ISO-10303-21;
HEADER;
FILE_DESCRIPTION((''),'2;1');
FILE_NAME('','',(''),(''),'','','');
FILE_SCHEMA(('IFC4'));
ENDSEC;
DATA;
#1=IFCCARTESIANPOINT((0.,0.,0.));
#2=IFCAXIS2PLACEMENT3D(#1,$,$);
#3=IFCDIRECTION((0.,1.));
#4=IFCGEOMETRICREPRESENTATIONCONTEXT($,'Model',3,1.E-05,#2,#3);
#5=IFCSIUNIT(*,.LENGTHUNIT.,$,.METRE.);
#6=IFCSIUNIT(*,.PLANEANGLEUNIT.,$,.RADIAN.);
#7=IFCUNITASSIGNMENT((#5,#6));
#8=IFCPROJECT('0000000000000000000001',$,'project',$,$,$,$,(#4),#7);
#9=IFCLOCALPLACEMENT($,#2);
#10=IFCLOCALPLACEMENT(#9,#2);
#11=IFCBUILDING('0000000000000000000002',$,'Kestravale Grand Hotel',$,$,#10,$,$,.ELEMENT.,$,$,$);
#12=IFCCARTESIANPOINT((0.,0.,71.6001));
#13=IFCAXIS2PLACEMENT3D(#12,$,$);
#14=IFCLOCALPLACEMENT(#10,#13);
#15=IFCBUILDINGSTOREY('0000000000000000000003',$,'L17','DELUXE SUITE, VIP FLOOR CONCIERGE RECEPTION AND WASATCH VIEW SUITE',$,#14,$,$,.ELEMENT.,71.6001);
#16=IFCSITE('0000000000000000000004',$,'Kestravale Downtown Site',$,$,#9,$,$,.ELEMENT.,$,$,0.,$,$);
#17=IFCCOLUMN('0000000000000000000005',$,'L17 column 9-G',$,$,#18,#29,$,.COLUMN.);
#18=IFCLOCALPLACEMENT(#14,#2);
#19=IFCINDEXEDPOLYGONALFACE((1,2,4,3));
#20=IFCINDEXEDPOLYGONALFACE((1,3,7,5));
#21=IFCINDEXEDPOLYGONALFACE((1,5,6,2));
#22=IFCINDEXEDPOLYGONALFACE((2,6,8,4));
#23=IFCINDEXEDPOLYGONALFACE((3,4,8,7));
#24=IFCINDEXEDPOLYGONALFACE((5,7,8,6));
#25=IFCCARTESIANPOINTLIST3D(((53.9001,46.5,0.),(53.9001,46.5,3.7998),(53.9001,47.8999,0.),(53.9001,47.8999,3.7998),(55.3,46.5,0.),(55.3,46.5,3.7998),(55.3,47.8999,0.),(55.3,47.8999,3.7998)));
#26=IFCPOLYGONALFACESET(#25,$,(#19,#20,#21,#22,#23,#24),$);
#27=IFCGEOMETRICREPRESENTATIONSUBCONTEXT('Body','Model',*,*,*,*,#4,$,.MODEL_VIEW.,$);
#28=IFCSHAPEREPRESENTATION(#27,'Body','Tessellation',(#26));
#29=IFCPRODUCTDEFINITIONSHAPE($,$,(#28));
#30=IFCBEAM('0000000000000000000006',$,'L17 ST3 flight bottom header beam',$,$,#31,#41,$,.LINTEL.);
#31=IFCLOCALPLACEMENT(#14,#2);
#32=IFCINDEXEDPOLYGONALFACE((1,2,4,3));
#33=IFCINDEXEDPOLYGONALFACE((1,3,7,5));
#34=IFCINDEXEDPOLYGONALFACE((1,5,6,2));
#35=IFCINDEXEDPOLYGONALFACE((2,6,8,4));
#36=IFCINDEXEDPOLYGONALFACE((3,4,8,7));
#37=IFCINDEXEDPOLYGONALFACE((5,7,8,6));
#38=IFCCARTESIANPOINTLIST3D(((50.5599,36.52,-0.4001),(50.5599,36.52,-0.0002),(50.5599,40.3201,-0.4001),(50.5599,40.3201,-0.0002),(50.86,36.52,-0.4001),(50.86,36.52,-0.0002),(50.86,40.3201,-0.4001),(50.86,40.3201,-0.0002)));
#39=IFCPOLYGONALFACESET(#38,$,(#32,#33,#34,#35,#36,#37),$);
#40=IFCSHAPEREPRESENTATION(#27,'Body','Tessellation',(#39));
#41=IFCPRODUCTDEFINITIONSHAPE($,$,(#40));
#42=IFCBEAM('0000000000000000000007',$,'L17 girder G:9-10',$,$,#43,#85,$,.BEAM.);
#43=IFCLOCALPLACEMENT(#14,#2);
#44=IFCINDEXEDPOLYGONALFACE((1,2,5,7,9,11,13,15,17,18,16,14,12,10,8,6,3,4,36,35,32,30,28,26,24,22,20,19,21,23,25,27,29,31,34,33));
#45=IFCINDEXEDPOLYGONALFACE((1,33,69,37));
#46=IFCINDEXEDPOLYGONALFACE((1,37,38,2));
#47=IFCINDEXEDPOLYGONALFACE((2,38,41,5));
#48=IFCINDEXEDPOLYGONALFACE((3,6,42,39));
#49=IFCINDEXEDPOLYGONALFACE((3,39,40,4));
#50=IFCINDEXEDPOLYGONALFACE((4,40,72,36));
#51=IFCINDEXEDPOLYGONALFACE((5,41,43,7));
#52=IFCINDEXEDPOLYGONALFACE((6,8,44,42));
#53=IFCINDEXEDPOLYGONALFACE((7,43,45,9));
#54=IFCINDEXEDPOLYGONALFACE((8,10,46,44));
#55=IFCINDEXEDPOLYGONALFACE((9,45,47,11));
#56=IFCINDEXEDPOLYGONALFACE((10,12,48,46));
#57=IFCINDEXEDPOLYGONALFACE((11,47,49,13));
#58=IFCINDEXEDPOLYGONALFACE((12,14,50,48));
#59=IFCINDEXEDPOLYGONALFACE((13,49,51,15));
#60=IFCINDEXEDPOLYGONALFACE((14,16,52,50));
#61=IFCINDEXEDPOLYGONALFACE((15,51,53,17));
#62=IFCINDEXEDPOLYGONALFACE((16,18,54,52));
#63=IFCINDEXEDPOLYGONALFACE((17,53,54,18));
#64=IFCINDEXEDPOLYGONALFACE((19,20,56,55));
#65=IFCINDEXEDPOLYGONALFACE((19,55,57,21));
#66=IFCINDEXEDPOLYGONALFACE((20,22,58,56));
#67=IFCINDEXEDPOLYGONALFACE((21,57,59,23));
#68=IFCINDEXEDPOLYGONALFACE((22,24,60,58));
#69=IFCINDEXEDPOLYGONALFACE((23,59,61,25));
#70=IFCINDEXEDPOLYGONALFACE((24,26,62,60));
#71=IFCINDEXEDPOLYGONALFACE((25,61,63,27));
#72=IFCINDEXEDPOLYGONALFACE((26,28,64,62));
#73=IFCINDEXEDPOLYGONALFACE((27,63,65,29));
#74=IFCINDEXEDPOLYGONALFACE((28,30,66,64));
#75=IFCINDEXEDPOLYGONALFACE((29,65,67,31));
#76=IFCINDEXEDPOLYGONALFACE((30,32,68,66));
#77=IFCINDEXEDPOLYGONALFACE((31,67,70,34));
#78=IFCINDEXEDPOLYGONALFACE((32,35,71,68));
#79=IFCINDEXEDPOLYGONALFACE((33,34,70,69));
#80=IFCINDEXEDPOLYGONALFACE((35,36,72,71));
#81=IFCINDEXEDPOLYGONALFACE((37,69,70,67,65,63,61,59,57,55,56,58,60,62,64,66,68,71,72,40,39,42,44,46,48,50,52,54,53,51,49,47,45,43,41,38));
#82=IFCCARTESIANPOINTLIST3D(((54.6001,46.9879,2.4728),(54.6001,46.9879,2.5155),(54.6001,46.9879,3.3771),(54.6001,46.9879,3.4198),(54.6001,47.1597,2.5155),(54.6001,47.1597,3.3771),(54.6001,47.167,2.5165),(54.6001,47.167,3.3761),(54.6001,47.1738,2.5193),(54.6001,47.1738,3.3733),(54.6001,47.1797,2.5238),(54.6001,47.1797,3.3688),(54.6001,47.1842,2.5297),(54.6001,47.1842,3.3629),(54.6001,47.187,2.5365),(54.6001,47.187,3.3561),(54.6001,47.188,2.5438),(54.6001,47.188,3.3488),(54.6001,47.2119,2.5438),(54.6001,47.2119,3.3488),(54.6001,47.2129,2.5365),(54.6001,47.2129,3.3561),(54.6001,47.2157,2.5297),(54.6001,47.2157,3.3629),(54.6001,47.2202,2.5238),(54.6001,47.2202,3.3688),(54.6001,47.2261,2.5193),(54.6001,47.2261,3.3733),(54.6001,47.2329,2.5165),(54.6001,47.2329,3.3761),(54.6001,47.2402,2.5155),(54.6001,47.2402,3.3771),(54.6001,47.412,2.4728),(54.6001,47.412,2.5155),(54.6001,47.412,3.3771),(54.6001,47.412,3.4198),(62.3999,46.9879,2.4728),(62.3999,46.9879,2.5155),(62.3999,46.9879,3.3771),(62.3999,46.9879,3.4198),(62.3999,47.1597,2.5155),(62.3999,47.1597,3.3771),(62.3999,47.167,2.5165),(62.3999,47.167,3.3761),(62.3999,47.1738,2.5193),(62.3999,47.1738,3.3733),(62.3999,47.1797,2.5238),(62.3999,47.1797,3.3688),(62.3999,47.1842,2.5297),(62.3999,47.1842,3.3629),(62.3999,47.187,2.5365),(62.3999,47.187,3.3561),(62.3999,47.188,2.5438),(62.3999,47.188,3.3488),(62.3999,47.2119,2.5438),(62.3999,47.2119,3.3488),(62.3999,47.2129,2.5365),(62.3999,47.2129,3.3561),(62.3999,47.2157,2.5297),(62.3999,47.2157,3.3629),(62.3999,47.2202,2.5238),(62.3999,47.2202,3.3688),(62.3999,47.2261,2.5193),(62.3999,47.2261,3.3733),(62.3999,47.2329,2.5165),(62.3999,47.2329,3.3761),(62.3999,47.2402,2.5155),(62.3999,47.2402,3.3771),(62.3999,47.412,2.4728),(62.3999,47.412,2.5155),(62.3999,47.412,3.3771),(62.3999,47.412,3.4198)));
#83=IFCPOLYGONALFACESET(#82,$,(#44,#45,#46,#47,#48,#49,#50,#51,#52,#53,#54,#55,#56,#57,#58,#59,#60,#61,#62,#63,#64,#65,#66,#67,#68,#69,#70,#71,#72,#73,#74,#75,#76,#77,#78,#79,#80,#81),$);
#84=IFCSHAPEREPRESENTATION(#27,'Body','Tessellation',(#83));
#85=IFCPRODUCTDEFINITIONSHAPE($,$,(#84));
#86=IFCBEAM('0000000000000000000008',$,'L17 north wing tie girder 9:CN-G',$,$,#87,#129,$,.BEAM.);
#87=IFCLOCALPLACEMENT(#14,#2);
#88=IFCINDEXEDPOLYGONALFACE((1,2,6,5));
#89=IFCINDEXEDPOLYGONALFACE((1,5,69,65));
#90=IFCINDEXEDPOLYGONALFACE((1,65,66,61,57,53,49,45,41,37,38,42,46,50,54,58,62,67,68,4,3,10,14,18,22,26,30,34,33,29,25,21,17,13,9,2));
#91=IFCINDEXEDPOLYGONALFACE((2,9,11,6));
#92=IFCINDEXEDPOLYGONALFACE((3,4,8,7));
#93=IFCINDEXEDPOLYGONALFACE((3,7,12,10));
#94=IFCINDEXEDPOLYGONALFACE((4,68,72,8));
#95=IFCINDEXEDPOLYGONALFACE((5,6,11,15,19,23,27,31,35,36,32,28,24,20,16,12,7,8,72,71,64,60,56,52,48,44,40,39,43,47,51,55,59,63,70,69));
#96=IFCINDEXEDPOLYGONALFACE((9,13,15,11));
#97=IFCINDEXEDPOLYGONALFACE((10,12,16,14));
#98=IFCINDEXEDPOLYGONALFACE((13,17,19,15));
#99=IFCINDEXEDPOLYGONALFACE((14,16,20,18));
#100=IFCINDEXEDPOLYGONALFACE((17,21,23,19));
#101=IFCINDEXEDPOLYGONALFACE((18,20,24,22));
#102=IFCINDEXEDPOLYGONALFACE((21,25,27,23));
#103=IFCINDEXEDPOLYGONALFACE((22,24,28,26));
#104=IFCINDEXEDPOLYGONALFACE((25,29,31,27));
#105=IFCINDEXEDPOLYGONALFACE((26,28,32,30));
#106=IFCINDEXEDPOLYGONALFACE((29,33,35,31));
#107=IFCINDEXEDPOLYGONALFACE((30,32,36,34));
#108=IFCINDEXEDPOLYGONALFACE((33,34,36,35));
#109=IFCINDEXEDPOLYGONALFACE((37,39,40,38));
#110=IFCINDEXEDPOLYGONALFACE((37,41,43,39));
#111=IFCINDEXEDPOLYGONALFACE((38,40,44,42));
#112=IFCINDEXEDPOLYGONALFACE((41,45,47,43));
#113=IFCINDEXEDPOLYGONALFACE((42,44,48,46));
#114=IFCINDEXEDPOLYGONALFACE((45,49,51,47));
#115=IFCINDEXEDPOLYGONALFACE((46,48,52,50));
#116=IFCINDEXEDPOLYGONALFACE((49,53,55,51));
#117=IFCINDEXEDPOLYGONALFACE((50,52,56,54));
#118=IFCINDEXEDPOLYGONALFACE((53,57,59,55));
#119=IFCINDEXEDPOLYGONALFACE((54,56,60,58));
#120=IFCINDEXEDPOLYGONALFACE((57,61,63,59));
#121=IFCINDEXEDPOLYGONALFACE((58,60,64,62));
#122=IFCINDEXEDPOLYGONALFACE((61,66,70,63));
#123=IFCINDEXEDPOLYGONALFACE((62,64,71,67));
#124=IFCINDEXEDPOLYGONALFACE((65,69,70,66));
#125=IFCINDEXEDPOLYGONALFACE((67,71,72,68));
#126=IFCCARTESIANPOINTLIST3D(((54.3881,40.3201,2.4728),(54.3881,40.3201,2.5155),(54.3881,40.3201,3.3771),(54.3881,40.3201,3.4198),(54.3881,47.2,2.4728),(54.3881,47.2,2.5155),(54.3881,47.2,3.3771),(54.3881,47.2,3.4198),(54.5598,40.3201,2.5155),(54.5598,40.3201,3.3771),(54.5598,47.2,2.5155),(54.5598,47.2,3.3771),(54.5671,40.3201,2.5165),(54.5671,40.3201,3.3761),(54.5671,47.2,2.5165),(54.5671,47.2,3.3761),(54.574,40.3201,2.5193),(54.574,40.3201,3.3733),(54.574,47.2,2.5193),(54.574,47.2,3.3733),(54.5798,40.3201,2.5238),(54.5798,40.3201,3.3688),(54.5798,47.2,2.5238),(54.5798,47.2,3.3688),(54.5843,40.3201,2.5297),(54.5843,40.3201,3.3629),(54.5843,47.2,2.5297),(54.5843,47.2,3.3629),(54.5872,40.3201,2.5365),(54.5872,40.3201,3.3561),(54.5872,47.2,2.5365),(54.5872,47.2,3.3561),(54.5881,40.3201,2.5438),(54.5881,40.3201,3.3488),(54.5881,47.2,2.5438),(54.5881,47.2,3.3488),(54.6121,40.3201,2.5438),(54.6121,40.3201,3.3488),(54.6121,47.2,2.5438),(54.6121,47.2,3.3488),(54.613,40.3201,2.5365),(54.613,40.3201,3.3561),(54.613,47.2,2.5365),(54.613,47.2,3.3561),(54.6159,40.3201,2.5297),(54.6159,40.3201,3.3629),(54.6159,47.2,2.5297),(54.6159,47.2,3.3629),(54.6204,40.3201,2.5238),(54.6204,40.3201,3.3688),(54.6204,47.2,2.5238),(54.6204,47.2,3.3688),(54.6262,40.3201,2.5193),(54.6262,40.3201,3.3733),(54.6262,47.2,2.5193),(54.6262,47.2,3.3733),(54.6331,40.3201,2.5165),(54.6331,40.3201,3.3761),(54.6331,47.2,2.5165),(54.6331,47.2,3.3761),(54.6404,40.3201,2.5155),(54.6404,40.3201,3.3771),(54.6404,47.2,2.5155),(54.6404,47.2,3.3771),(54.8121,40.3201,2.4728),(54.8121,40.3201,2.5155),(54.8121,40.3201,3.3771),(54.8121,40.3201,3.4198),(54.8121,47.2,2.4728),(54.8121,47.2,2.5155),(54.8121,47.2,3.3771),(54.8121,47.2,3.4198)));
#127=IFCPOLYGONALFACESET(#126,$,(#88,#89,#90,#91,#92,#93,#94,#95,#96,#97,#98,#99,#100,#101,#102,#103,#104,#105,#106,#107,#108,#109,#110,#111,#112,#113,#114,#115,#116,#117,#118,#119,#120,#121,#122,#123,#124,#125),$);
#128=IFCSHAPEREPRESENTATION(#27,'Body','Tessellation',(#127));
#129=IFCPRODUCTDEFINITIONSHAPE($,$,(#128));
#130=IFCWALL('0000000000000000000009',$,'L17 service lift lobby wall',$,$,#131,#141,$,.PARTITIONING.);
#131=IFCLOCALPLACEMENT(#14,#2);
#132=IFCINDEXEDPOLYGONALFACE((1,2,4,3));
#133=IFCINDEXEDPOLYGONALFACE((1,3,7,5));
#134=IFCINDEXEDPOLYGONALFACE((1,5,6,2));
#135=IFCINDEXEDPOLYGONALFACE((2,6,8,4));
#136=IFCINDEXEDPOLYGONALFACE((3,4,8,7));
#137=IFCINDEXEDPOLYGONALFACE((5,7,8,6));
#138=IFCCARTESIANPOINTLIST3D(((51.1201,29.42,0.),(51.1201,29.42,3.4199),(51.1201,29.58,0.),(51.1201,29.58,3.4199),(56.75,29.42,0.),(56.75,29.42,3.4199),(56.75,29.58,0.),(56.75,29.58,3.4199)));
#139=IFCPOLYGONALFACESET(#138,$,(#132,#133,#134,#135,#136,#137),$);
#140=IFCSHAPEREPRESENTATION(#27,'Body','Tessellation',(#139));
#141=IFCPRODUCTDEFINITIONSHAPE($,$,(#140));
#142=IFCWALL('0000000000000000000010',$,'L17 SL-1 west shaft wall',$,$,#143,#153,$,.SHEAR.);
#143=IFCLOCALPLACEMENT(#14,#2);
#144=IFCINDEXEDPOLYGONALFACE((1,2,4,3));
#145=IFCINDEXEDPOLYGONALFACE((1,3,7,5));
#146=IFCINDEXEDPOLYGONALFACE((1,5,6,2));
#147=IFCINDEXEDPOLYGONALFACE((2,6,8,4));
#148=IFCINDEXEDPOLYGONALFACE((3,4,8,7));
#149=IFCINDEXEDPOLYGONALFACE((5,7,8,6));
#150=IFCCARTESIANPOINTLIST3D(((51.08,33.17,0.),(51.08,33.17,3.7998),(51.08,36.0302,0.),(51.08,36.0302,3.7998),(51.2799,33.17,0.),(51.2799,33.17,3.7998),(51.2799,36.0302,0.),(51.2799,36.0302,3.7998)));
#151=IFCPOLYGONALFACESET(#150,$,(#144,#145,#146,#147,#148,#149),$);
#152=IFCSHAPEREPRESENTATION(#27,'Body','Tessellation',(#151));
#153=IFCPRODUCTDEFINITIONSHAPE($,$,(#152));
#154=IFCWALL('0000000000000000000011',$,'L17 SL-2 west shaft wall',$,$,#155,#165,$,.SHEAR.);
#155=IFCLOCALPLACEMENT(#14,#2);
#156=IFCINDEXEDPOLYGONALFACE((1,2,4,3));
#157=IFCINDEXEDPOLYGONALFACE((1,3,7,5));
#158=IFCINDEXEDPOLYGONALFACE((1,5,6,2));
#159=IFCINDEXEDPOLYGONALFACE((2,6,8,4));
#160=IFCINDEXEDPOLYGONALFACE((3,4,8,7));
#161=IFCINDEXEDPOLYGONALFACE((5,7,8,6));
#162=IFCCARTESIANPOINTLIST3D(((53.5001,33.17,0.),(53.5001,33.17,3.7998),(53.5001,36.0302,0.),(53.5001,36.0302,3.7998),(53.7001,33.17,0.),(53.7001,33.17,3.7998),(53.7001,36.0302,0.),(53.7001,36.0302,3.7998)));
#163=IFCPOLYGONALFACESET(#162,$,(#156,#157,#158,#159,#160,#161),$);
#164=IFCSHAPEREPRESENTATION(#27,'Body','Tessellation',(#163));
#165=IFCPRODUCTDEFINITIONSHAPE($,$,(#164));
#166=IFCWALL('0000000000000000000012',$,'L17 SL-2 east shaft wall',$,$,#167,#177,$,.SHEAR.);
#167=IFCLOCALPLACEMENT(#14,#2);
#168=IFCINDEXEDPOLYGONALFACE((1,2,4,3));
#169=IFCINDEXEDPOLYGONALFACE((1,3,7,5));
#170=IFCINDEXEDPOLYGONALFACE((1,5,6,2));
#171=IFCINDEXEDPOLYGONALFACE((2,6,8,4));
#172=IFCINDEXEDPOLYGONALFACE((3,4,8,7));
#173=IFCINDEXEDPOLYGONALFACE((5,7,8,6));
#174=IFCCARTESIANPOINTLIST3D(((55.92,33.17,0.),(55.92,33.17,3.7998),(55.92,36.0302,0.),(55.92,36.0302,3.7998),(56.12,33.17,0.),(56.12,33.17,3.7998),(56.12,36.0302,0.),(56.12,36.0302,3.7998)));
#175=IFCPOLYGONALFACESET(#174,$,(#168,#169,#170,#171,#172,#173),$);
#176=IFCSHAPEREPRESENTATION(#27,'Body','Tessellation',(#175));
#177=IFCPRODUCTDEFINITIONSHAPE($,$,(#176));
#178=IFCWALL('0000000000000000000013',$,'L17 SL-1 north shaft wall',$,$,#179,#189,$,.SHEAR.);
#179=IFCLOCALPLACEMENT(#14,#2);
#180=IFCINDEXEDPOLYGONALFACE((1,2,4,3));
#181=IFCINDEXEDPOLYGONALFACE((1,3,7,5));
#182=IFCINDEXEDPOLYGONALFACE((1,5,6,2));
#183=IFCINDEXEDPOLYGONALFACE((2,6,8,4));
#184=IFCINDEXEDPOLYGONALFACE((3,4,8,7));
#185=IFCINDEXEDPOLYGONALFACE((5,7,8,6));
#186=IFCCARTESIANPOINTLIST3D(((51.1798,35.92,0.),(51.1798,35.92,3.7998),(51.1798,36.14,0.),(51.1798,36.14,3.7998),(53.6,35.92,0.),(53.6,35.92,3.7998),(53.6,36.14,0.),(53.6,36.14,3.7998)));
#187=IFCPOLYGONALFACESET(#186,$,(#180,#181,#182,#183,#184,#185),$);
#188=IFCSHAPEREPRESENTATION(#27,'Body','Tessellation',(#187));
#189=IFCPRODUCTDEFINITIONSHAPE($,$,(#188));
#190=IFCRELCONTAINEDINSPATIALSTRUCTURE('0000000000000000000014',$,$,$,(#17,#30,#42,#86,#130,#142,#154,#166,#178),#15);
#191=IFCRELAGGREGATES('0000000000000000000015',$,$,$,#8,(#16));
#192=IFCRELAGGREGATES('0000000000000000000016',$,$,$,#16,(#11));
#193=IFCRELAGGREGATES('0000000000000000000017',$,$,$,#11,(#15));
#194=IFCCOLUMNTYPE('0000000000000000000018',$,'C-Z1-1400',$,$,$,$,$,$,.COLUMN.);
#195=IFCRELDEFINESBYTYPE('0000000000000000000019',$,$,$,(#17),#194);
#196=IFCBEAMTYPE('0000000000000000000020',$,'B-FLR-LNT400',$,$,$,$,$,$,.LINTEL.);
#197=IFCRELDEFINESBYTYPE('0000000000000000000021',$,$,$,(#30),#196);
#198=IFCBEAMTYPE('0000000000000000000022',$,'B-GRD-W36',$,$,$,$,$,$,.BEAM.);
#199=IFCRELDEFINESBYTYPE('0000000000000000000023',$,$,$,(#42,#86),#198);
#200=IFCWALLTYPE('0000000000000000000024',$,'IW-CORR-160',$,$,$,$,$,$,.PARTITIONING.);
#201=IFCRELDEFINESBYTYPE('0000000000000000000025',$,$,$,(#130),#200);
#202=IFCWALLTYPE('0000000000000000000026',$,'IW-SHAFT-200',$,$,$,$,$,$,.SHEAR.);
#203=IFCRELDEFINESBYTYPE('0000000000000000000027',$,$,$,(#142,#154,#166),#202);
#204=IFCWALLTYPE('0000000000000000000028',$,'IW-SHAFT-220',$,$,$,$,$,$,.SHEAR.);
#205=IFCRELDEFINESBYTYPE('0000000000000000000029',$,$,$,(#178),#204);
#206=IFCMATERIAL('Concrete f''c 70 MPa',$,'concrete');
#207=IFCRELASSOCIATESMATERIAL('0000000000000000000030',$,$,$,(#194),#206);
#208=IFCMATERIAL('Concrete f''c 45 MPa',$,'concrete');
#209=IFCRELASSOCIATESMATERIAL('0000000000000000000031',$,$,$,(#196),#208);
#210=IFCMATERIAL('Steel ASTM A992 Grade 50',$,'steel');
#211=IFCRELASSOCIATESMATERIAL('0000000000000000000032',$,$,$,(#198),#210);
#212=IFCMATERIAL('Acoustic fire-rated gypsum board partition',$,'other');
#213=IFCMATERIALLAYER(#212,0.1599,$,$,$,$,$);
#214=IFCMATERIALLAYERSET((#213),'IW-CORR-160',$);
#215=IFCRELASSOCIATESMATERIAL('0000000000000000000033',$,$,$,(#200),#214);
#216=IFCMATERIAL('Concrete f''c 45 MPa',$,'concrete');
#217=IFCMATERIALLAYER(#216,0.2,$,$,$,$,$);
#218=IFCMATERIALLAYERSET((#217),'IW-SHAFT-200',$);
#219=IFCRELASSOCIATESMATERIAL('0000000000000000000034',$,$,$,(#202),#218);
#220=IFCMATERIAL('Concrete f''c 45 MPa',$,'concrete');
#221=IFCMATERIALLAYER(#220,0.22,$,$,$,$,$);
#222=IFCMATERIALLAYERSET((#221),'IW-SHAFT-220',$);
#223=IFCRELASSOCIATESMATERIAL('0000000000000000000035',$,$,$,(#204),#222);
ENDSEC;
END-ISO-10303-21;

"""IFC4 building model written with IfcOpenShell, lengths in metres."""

from ifc_helpers import new_model, si_unit, direction, frame, frame_2d, origin, origin_2d, place, context, subcontext, project, spatial, rectangle, i_section, extrude, material, layer, layer_set, material_profile, profile_set, type_object, element, save


model = new_model("IFC4")

# Units and contexts
model_context = context("Model", 3, precision=1e-05, world=origin(), true_north=direction((0.0, 1.0)))
body_context = subcontext(model_context, "Body", "Model", "MODEL_VIEW")
ifc_project = project(units=[si_unit("LENGTHUNIT", "METRE"), si_unit("PLANEANGLEUNIT", "RADIAN")], contexts=[model_context])

# Site, building, storey
site_placement = place(None, origin())
site = spatial("IfcSite", under=ifc_project, at=site_placement, Name="Kestravale Downtown Site", CompositionType="ELEMENT", RefElevation=0.0)
building_placement = place(site_placement, origin())
building = spatial("IfcBuilding", under=site, at=building_placement, Name="Kestravale Grand Hotel", CompositionType="ELEMENT")
storey_placement = place(building_placement, frame((0.0, 0.0, 71.6001)))
storey = spatial("IfcBuildingStorey", under=building, at=storey_placement, Name="L17", Description="DELUXE SUITE, VIP FLOOR CONCIERGE RECEPTION AND WASATCH VIEW SUITE", CompositionType="ELEMENT", Elevation=71.6001)

# Column
ifc_material_1 = material(Name="Concrete f'c 70 MPa", Category="concrete")
ifc_material_profile_1 = material_profile(ifc_material_1, rectangle(XDim=1.3999, YDim=1.3999, at=origin_2d()))
ifc_profile_set_1 = profile_set([ifc_material_profile_1], Name="Concrete f'c 70 MPa")
column_type = type_object("IfcColumnType", Name="C-Z1-1400", PredefinedType="COLUMN", material=ifc_profile_set_1)
column_placement = place(storey_placement, frame((54.6001, 47.2, 0.0), z_axis=(0.0, 0.0, 1.0), x_axis=(1.0, 0.0, 0.0)))
element("IfcColumn", 1, at=column_placement, inside=storey, type_object=column_type, Name="L17 column 9-G", PredefinedType="COLUMN", context=body_context, shape_type="SweptSolid", body=[
    extrude(rectangle(XDim=1.3999, YDim=1.3999, at=origin_2d()), origin(), (0.0, 0.0, 1.0), 3.7998),
])

# Beams
ifc_material_2 = material(Name="Concrete f'c 45 MPa", Category="concrete")
ifc_material_profile_2 = material_profile(ifc_material_2, rectangle(XDim=0.3, YDim=0.3999, at=origin_2d()))
ifc_profile_set_2 = profile_set([ifc_material_profile_2], Name="Concrete f'c 45 MPa")
beam_type_1 = type_object("IfcBeamType", Name="B-FLR-LNT400", PredefinedType="LINTEL", material=ifc_profile_set_2)
beam_1_placement = place(storey_placement, frame((50.71, 36.52, -0.2002), z_axis=(0.0, 1.0, 0.0), x_axis=(-1.0, 0.0, 0.0)))
element("IfcBeam", 2, at=beam_1_placement, inside=storey, type_object=beam_type_1, Name="L17 ST3 flight bottom header beam", PredefinedType="LINTEL", context=body_context, shape_type="SweptSolid", body=[
    extrude(rectangle(XDim=0.3, YDim=0.3999, at=origin_2d()), origin(), (0.0, 0.0, 1.0), 3.8),
])
ifc_material_3 = material(Name="Steel ASTM A992 Grade 50", Category="steel")
ifc_material_profile_3 = material_profile(ifc_material_3, i_section(OverallWidth=0.4241, OverallDepth=0.947, WebThickness=0.0239, FlangeThickness=0.0427, FilletRadius=0.0283, at=origin_2d()))
ifc_profile_set_3 = profile_set([ifc_material_profile_3], Name="Steel ASTM A992 Grade 50")
beam_type_2 = type_object("IfcBeamType", Name="B-GRD-W36", PredefinedType="BEAM", material=ifc_profile_set_3)
beam_2_placement = place(storey_placement, frame((54.6001, 47.2, 2.9463), z_axis=(1.0, 0.0, 0.0), x_axis=(0.0, 1.0, 0.0)))
element("IfcBeam", 3, at=beam_2_placement, inside=storey, type_object=beam_type_2, Name="L17 girder G:9-10", PredefinedType="BEAM", context=body_context, shape_type="SweptSolid", body=[
    extrude(i_section(OverallWidth=0.4241, OverallDepth=0.947, WebThickness=0.0239, FlangeThickness=0.0427, FilletRadius=0.0283, at=origin_2d()), origin(), (0.0, 0.0, 1.0), 7.7998),
])
beam_3_placement = place(storey_placement, frame((54.6001, 40.3201, 2.9463), z_axis=(0.0, 1.0, 0.0), x_axis=(-1.0, 0.0, 0.0)))
element("IfcBeam", 4, at=beam_3_placement, inside=storey, type_object=beam_type_2, Name="L17 north wing tie girder 9:CN-G", PredefinedType="BEAM", context=body_context, shape_type="SweptSolid", body=[
    extrude(i_section(OverallWidth=0.4241, OverallDepth=0.947, WebThickness=0.0239, FlangeThickness=0.0427, FilletRadius=0.0283, at=origin_2d()), origin(), (0.0, 0.0, 1.0), 6.8799),
])

# Shared definitions
ifc_material_4 = material(Name="Acoustic fire-rated gypsum board partition", Category="other")
ifc_layer_1 = layer(ifc_material_4, 0.1599)
ifc_layer_set_1 = layer_set([ifc_layer_1], Name="IW-CORR-160")
wall_type_1 = type_object("IfcWallType", Name="IW-CORR-160", PredefinedType="PARTITIONING", material=ifc_layer_set_1)

# Walls
wall_1_placement = place(storey_placement, frame((51.1201, 29.5, 0.0), z_axis=(0.0, 0.0, 1.0), x_axis=(1.0, 0.0, 0.0)))
element("IfcWall", 5, at=wall_1_placement, inside=storey, type_object=wall_type_1, Name="L17 service lift lobby wall", PredefinedType="PARTITIONING", context=body_context, shape_type="SweptSolid", body=[
    extrude(rectangle(XDim=5.6299, YDim=0.1599, at=frame_2d((2.8149, 0.0))), origin(), (0.0, 0.0, 1.0), 3.4199),
])
ifc_material_5 = material(Name="Concrete f'c 45 MPa", Category="concrete")
ifc_layer_2 = layer(ifc_material_5, 0.2)
ifc_layer_set_2 = layer_set([ifc_layer_2], Name="IW-SHAFT-200")
wall_type_2 = type_object("IfcWallType", Name="IW-SHAFT-200", PredefinedType="SHEAR", material=ifc_layer_set_2)
for number, where, z_axis, x_axis, name in (
    (6, (51.1799, 33.1699, 0.0), (0.0, 0.0, 1.0), (0.0, 1.0, 0.0), "L17 SL-1 west shaft wall"),
    (7, (53.6001, 33.1699, 0.0), (0.0, 0.0, 1.0), (0.0, 1.0, 0.0), "L17 SL-2 west shaft wall"),
    (8, (56.02, 33.1699, 0.0), (0.0, 0.0, 1.0), (0.0, 1.0, 0.0), "L17 SL-2 east shaft wall"),
):
    element("IfcWall", number, at=place(storey_placement, frame(where, z_axis=z_axis, x_axis=x_axis)), inside=storey, type_object=wall_type_2, Name=name, PredefinedType="SHEAR", context=body_context, shape_type="SweptSolid", body=[
        extrude(rectangle(XDim=2.8601, YDim=0.2, at=frame_2d((1.4302, 0.0))), origin(), (0.0, 0.0, 1.0), 3.7998),
    ])
ifc_material_6 = material(Name="Concrete f'c 45 MPa", Category="concrete")
ifc_layer_3 = layer(ifc_material_6, 0.22)
ifc_layer_set_3 = layer_set([ifc_layer_3], Name="IW-SHAFT-220")
wall_type_3 = type_object("IfcWallType", Name="IW-SHAFT-220", PredefinedType="SHEAR", material=ifc_layer_set_3)
wall_2_placement = place(storey_placement, frame((51.1799, 36.03, 0.0), z_axis=(0.0, 0.0, 1.0), x_axis=(1.0, 0.0, 0.0)))
element("IfcWall", 9, at=wall_2_placement, inside=storey, type_object=wall_type_3, Name="L17 SL-1 north shaft wall", PredefinedType="SHEAR", context=body_context, shape_type="SweptSolid", body=[
    extrude(rectangle(XDim=2.4202, YDim=0.22, at=frame_2d((1.21, 0.0))), origin(), (0.0, 0.0, 1.0), 3.7998),
])

save(model, "model.ifc")
